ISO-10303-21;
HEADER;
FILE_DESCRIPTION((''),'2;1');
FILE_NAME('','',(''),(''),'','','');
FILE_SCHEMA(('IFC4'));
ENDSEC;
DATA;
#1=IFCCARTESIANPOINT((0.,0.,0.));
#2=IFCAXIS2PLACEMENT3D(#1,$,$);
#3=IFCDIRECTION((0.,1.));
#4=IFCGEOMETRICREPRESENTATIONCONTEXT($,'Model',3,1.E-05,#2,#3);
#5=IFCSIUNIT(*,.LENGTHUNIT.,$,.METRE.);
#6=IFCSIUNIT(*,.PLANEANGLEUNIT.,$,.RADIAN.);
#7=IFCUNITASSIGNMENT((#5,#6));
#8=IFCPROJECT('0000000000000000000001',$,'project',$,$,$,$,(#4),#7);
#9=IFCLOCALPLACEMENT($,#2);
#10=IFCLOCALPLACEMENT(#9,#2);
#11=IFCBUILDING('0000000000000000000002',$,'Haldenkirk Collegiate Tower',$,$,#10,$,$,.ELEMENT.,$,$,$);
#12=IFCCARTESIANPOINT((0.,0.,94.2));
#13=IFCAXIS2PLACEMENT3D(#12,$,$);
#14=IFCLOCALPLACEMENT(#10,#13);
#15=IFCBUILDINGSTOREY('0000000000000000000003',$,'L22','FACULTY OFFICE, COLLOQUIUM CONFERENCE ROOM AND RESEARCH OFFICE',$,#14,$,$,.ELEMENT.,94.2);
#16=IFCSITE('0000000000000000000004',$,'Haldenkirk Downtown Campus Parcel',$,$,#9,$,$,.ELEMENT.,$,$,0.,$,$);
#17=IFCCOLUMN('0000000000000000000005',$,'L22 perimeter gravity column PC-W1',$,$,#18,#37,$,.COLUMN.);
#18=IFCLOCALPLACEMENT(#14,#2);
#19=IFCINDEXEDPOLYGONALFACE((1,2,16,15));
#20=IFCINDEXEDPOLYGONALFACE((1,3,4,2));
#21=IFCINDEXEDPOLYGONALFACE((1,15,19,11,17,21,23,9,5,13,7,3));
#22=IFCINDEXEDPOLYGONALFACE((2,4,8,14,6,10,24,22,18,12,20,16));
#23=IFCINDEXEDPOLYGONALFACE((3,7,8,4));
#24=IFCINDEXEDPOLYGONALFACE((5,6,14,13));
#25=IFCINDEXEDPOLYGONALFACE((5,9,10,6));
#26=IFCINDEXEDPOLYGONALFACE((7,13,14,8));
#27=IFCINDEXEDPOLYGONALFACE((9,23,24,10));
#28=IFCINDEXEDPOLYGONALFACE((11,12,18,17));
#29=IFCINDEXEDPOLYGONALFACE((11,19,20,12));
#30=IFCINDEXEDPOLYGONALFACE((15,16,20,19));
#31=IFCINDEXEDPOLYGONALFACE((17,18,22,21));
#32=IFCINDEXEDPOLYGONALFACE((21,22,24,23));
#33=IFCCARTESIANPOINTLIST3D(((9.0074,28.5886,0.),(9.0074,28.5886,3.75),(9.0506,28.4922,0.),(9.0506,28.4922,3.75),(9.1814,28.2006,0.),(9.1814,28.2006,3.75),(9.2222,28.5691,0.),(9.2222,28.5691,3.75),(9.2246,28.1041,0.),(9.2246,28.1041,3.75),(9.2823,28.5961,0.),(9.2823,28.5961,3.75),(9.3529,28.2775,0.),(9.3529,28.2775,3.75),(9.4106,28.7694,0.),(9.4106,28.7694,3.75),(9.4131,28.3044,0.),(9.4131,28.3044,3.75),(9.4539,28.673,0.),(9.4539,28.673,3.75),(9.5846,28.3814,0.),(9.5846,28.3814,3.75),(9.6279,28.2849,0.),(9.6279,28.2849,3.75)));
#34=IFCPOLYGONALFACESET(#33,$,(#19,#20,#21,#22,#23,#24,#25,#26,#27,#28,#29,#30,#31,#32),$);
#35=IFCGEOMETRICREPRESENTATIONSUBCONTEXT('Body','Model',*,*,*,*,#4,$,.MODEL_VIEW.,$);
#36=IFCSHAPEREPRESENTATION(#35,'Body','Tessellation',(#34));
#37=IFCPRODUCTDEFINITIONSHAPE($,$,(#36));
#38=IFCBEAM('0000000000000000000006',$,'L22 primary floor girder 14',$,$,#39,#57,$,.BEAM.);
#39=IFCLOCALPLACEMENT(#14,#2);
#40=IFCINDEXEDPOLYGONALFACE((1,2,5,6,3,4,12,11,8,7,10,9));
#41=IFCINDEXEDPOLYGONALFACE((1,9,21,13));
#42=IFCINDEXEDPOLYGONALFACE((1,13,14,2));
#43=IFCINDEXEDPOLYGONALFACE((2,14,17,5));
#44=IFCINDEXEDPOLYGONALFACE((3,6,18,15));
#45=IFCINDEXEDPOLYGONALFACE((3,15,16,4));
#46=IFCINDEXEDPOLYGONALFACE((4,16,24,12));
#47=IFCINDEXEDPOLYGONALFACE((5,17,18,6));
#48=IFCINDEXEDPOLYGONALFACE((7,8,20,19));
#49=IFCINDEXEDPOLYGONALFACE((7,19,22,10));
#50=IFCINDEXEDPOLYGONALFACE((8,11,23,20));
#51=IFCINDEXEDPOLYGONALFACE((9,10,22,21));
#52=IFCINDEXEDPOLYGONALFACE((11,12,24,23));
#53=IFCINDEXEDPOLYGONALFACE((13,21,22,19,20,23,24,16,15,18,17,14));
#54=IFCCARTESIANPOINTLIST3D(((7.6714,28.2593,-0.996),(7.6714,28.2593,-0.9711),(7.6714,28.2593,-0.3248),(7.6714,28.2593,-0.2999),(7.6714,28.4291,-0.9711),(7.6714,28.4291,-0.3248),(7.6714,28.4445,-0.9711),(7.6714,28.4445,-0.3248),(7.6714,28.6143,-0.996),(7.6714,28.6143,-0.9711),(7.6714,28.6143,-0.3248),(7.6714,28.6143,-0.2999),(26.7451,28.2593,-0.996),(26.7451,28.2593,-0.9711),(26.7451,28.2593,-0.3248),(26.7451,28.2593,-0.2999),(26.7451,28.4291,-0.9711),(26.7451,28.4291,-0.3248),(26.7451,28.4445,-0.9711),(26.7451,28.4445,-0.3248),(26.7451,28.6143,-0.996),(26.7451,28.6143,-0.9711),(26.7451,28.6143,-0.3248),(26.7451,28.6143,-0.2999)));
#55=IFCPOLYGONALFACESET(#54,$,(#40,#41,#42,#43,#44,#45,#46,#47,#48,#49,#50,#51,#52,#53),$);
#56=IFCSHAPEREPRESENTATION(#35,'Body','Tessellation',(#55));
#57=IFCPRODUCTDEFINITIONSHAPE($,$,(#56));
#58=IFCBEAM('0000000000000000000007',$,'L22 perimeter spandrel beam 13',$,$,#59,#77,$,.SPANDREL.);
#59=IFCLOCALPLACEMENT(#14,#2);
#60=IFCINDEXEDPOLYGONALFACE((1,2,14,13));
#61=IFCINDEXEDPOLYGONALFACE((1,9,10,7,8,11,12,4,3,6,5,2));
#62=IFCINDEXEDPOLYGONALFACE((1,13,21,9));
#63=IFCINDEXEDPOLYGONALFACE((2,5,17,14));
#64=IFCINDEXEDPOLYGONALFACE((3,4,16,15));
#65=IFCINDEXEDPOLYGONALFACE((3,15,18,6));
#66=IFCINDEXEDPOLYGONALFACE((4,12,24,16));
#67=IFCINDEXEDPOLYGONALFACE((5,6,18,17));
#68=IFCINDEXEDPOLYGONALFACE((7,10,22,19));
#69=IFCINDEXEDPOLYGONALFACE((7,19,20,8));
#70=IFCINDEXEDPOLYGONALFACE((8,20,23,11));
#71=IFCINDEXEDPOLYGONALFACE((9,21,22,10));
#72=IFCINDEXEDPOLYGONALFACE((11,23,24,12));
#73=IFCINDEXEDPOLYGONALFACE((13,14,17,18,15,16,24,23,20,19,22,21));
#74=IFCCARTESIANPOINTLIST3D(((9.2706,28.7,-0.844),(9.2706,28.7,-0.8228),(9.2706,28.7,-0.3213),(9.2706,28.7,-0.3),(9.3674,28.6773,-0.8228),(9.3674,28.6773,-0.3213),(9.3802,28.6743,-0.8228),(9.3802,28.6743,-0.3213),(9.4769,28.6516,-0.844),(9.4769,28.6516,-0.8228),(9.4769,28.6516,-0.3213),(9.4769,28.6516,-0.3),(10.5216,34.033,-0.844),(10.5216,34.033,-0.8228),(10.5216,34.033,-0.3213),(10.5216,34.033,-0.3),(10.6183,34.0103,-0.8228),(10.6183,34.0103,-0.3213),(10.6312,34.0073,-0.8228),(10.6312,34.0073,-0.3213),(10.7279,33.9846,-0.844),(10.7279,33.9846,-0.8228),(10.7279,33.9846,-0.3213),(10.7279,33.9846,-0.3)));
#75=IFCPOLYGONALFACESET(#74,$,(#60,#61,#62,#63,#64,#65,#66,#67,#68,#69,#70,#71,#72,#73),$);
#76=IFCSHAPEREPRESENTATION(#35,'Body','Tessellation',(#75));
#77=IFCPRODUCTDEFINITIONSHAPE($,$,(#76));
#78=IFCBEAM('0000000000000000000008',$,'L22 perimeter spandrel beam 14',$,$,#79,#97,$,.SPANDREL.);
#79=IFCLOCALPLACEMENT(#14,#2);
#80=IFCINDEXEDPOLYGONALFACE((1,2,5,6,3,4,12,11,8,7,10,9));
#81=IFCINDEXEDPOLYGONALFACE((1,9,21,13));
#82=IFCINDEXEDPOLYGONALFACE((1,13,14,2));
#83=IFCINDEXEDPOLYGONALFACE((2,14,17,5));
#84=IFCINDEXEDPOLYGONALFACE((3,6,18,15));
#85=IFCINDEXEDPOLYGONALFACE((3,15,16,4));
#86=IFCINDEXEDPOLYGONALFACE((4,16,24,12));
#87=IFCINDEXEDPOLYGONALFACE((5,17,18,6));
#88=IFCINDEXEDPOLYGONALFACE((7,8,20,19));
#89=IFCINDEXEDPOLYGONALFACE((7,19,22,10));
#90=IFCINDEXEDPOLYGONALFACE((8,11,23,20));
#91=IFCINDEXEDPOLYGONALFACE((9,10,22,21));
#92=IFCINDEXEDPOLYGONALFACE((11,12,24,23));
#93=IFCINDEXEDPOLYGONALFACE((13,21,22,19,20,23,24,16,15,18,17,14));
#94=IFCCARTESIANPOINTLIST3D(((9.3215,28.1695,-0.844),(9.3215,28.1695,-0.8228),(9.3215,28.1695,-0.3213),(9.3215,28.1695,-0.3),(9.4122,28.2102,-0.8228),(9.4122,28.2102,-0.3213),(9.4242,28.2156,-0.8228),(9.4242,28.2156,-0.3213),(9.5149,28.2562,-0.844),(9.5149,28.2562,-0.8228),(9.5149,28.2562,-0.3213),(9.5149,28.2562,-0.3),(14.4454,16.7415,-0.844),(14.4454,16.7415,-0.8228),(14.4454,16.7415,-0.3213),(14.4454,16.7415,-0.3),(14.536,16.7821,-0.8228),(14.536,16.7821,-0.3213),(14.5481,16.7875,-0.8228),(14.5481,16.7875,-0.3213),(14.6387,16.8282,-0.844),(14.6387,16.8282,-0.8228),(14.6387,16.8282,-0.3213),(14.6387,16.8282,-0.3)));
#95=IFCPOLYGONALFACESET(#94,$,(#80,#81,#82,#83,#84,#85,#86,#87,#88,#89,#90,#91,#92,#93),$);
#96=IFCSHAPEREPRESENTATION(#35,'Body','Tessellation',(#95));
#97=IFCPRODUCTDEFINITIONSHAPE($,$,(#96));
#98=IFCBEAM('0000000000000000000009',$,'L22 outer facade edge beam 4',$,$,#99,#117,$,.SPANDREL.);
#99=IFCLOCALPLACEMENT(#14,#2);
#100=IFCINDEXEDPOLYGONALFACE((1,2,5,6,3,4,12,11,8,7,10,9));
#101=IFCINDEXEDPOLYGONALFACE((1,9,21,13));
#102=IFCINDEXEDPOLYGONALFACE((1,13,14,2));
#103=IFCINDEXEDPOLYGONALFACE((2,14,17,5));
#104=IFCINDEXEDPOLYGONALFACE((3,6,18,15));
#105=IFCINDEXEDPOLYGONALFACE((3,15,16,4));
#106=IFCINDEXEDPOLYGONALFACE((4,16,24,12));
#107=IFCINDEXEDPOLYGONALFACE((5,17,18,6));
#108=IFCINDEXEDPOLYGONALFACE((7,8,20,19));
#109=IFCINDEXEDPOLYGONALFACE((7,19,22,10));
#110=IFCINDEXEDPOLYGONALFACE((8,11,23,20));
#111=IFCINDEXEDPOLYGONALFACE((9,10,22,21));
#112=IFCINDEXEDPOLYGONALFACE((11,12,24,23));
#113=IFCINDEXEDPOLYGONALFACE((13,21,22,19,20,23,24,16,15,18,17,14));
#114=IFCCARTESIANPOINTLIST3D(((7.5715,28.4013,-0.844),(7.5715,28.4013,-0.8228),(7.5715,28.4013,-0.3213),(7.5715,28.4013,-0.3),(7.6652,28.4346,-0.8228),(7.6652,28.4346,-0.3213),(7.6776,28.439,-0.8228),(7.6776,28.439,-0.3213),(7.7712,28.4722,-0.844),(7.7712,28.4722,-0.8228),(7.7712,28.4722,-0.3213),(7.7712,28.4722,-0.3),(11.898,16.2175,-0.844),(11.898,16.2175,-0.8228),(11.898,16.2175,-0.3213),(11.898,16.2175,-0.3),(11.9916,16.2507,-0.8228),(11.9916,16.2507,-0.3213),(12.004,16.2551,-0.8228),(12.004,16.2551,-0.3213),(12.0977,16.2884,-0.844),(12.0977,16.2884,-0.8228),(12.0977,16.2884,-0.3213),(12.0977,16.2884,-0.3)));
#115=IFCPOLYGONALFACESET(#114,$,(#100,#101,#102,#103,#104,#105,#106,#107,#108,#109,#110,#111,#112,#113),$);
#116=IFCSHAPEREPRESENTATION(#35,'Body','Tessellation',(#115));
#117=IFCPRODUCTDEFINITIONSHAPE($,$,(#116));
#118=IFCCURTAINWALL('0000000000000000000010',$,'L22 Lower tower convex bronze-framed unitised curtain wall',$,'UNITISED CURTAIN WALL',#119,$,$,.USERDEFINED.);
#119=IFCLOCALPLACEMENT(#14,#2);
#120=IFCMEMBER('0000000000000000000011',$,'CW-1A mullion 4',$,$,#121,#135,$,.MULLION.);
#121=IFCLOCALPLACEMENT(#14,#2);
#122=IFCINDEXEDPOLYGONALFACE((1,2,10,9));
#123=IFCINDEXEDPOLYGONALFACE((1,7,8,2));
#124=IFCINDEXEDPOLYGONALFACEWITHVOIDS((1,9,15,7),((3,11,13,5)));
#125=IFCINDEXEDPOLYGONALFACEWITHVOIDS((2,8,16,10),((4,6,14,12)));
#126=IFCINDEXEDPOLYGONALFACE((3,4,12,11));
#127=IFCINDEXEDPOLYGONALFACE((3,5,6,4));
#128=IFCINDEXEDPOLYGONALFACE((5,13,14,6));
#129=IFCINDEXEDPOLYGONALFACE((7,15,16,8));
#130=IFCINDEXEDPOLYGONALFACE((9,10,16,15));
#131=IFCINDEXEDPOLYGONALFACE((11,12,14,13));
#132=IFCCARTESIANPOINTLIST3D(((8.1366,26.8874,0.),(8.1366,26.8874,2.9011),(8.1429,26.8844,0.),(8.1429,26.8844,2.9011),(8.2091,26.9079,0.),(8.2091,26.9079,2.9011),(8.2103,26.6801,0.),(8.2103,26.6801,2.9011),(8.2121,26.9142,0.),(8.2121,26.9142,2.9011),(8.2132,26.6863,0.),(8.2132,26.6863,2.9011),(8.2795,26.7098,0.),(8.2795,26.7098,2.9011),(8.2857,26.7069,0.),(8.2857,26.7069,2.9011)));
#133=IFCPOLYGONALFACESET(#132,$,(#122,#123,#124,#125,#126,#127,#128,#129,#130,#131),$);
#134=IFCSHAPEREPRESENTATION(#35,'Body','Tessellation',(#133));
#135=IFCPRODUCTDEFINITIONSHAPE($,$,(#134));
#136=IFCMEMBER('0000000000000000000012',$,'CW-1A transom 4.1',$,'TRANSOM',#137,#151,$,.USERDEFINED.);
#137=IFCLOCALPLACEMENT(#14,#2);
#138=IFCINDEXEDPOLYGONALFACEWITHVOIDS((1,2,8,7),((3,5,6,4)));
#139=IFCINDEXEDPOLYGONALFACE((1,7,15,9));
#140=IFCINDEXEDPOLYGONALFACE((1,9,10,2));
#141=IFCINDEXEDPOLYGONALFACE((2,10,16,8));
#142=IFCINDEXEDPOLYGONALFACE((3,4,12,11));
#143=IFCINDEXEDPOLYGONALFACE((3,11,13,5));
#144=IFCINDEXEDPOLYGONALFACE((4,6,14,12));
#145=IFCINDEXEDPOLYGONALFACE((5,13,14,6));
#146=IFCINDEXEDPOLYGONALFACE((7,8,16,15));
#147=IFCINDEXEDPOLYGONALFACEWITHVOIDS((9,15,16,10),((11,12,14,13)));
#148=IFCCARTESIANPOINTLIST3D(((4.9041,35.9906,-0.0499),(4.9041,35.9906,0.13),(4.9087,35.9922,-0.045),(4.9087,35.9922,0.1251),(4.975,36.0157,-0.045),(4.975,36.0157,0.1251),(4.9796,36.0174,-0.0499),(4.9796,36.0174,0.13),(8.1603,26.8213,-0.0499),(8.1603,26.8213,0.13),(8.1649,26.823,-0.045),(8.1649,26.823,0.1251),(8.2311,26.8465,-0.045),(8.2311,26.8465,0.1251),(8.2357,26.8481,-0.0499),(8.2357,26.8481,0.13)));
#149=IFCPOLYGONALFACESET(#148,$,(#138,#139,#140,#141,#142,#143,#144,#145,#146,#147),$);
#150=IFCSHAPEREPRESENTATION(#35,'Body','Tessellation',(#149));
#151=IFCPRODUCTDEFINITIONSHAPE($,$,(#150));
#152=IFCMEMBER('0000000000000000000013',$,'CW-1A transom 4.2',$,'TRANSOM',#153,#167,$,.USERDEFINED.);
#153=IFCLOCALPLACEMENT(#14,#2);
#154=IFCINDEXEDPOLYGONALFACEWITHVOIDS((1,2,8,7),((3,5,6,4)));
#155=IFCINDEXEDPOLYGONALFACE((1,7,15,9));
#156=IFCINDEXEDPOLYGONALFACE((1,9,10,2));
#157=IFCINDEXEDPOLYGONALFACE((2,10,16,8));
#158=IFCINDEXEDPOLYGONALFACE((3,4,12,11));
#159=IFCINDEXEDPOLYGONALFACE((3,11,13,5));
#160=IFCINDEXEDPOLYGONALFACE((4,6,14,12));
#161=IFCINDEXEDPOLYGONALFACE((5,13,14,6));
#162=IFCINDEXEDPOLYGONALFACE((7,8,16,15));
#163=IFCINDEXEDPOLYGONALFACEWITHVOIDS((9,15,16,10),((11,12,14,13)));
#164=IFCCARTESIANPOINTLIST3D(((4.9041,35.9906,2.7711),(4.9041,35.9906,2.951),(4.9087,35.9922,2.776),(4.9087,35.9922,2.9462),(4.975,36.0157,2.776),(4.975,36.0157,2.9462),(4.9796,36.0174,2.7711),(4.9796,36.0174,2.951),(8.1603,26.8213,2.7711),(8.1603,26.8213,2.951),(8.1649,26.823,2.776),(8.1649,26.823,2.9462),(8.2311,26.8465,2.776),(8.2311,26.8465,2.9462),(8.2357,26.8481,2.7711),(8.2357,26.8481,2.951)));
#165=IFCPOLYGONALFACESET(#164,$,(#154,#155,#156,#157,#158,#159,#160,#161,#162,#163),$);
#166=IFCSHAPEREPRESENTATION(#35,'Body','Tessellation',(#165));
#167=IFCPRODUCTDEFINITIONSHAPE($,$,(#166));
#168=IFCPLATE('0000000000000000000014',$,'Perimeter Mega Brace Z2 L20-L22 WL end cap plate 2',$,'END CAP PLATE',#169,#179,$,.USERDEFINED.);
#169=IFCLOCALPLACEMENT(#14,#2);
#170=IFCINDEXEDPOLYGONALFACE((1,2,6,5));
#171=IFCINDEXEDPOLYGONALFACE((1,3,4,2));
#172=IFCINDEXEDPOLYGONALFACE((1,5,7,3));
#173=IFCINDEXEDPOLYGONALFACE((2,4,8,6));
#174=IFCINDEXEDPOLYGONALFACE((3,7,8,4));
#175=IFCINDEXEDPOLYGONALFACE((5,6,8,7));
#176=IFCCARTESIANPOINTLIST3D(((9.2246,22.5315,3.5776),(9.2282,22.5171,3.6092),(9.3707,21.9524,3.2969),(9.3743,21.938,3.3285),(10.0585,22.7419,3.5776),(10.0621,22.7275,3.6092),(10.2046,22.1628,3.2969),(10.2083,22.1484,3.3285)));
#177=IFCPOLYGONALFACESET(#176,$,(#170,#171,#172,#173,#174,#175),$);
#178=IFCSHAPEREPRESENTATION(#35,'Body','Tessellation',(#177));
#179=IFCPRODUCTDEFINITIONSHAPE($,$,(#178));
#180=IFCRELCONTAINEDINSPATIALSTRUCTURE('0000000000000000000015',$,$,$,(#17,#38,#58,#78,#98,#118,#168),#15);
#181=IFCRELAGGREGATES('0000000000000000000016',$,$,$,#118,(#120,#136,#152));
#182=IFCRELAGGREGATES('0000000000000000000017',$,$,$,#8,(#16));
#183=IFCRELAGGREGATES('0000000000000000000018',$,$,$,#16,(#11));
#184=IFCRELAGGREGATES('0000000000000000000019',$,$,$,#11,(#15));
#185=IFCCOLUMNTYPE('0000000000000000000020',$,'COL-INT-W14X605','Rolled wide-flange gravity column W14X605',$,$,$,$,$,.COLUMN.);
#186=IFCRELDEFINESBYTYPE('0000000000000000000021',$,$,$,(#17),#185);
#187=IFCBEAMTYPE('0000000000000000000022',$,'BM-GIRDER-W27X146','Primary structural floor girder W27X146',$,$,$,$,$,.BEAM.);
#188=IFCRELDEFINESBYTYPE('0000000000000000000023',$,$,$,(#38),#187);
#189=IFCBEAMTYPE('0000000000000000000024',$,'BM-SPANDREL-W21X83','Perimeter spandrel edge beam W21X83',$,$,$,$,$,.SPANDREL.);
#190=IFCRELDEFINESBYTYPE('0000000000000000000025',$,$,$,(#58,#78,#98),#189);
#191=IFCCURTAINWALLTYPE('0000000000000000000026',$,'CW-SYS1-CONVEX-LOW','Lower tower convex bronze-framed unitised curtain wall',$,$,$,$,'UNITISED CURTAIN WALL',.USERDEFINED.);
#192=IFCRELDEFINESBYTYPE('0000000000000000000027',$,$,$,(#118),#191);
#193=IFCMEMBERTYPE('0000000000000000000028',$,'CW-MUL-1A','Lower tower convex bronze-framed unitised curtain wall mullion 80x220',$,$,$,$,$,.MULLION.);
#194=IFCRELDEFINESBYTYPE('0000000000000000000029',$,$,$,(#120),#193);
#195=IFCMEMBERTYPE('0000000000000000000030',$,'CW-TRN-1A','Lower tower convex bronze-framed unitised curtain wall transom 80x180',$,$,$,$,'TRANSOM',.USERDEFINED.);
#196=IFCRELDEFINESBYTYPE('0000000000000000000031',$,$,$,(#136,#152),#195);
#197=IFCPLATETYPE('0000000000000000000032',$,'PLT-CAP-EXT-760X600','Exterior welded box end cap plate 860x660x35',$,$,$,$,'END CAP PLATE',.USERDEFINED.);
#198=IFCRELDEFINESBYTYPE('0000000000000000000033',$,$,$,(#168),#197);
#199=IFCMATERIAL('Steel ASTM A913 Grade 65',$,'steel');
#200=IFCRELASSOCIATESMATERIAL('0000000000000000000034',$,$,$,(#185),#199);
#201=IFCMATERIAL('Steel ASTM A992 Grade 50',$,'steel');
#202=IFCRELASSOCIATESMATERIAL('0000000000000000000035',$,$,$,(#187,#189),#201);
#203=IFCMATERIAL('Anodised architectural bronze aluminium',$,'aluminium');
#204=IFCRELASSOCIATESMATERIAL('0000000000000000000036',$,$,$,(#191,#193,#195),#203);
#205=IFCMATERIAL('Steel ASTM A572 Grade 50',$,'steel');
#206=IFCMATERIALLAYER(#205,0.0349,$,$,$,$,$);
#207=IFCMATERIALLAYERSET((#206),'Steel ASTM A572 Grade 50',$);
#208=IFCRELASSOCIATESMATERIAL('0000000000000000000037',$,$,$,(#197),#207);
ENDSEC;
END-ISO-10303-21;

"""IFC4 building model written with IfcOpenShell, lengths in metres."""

from ifc_helpers import new_model, si_unit, direction, frame, origin, origin_2d, place, context, subcontext, project, spatial, rectangle, hollow_rectangle, i_section, extrude, source, transform, mapped, material, layer, layer_set, material_profile, profile_set, type_object, element, aggregate, save


model = new_model("IFC4")

# Units and contexts
model_context = context("Model", 3, precision=1e-05, world=origin(), true_north=direction((0.0, 1.0)))
body_context = subcontext(model_context, "Body", "Model", "MODEL_VIEW")
ifc_project = project(units=[si_unit("LENGTHUNIT", "METRE"), si_unit("PLANEANGLEUNIT", "RADIAN")], contexts=[model_context])

# Site, building, storey
site_placement = place(None, origin())
site = spatial("IfcSite", under=ifc_project, at=site_placement, Name="Haldenkirk Downtown Campus Parcel", CompositionType="ELEMENT", RefElevation=0.0)
building_placement = place(site_placement, origin())
building = spatial("IfcBuilding", under=site, at=building_placement, Name="Haldenkirk Collegiate Tower", CompositionType="ELEMENT")
storey_placement = place(building_placement, frame((0.0, 0.0, 94.2)))
storey = spatial("IfcBuildingStorey", under=building, at=storey_placement, Name="L22", Description="FACULTY OFFICE, COLLOQUIUM CONFERENCE ROOM AND RESEARCH OFFICE", CompositionType="ELEMENT", Elevation=94.2)

# Column
ifc_material_1 = material(Name="Steel ASTM A913 Grade 65", Category="steel")
ifc_material_profile_1 = material_profile(ifc_material_1, i_section(OverallWidth=0.4419, OverallDepth=0.531, WebThickness=0.0659, FlangeThickness=0.1057, at=origin_2d()), Name="W14X605")
ifc_profile_set_1 = profile_set([ifc_material_profile_1], Name="Steel ASTM A913 Grade 65")
column_type = type_object("IfcColumnType", Name="COL-INT-W14X605", Description="Rolled wide-flange gravity column W14X605", PredefinedType="COLUMN", material=ifc_profile_set_1)
column_placement = place(storey_placement, frame((9.3176, 28.4368, 0.0), z_axis=(0.0, 0.0, 1.0), x_axis=(0.912477, 0.409127, 0.0)))
element("IfcColumn", 1, at=column_placement, inside=storey, type_object=column_type, Name="L22 perimeter gravity column PC-W1", PredefinedType="COLUMN", context=body_context, shape_type="SweptSolid", body=[
    extrude(i_section(OverallWidth=0.4419, OverallDepth=0.531, WebThickness=0.0659, FlangeThickness=0.1057, at=origin_2d()), origin(), (0.0, 0.0, 1.0), 3.75),
])

# Beams
ifc_material_2 = material(Name="Steel ASTM A992 Grade 50", Category="steel")
ifc_material_profile_2 = material_profile(ifc_material_2, i_section(OverallWidth=0.355, OverallDepth=0.696, WebThickness=0.0154, FlangeThickness=0.0249, at=origin_2d()), Name="W27X146")
ifc_profile_set_2 = profile_set([ifc_material_profile_2], Name="Steel ASTM A992 Grade 50")
beam_type_1 = type_object("IfcBeamType", Name="BM-GIRDER-W27X146", Description="Primary structural floor girder W27X146", PredefinedType="BEAM", material=ifc_profile_set_2)
beam_1_placement = place(storey_placement, frame((7.6714, 28.4368, -0.6479), z_axis=(1.0, 0.0, 0.0), x_axis=(0.0, 1.0, 0.0)))
element("IfcBeam", 2, at=beam_1_placement, inside=storey, type_object=beam_type_1, Name="L22 primary floor girder 14", PredefinedType="BEAM", context=body_context, shape_type="SweptSolid", body=[
    extrude(i_section(OverallWidth=0.355, OverallDepth=0.696, WebThickness=0.0154, FlangeThickness=0.0249, at=origin_2d()), origin(), (0.0, 0.0, 1.0), 19.0737),
])
ifc_material_profile_3 = material_profile(ifc_material_2, i_section(OverallWidth=0.2119, OverallDepth=0.5439, WebThickness=0.0132, FlangeThickness=0.0212, at=origin_2d()), Name="W21X83")
ifc_profile_set_3 = profile_set([ifc_material_profile_3], Name="Steel ASTM A992 Grade 50")
beam_type_2 = type_object("IfcBeamType", Name="BM-SPANDREL-W21X83", Description="Perimeter spandrel edge beam W21X83", PredefinedType="SPANDREL", material=ifc_profile_set_3)
beam_2_placement = place(storey_placement, frame((10.6248, 34.0088, -0.572), z_axis=(-0.228374, -0.973574, 0.0), x_axis=(0.973574, -0.228374, 0.0)))
element("IfcBeam", 3, at=beam_2_placement, inside=storey, type_object=beam_type_2, Name="L22 perimeter spandrel beam 13", PredefinedType="SPANDREL", context=body_context, shape_type="SweptSolid", body=[
    extrude(i_section(OverallWidth=0.2119, OverallDepth=0.5439, WebThickness=0.0132, FlangeThickness=0.0212, at=origin_2d()), origin(), (0.0, 0.0, 1.0), 5.4778),
])
beam_3_placement = place(storey_placement, frame((9.4182, 28.2129, -0.572), z_axis=(0.409115, -0.912483, 0.0), x_axis=(0.912483, 0.409115, 0.0)))
element("IfcBeam", 4, at=beam_3_placement, inside=storey, type_object=beam_type_2, Name="L22 perimeter spandrel beam 14", PredefinedType="SPANDREL", context=body_context, shape_type="SweptSolid", body=[
    extrude(i_section(OverallWidth=0.2119, OverallDepth=0.5439, WebThickness=0.0132, FlangeThickness=0.0212, at=origin_2d()), origin(), (0.0, 0.0, 1.0), 12.5242),
])
beam_4_placement = place(storey_placement, frame((7.6714, 28.4368, -0.572), z_axis=(0.334624, -0.942352, 0.0), x_axis=(0.942352, 0.334624, 0.0)))
element("IfcBeam", 5, at=beam_4_placement, inside=storey, type_object=beam_type_2, Name="L22 outer facade edge beam 4", PredefinedType="SPANDREL", context=body_context, shape_type="SweptSolid", body=[
    extrude(i_section(OverallWidth=0.2119, OverallDepth=0.5439, WebThickness=0.0132, FlangeThickness=0.0212, at=origin_2d()), origin(), (0.0, 0.0, 1.0), 12.9292),
])

# Curtain wall, members
ifc_material_3 = material(Name="Anodised architectural bronze aluminium", Category="aluminium")
curtain_wall_type = type_object("IfcCurtainWallType", Name="CW-SYS1-CONVEX-LOW", Description="Lower tower convex bronze-framed unitised curtain wall", ElementType="UNITISED CURTAIN WALL", PredefinedType="USERDEFINED", material=ifc_material_3)
curtain_wall_placement = place(storey_placement, origin())
curtain_wall = element("IfcCurtainWall", 6, at=curtain_wall_placement, inside=storey, type_object=curtain_wall_type, Name="L22 Lower tower convex bronze-framed unitised curtain wall", ObjectType="UNITISED CURTAIN WALL", PredefinedType="USERDEFINED")
ifc_material_profile_4 = material_profile(ifc_material_3, hollow_rectangle(XDim=0.0801, YDim=0.22, WallThickness=0.0049, at=origin_2d()), Name="CW-MUL-1A")
ifc_profile_set_4 = profile_set([ifc_material_profile_4], Name="Anodised architectural bronze aluminium")
member_type_1 = type_object("IfcMemberType", Name="CW-MUL-1A", Description="Lower tower convex bronze-framed unitised curtain wall mullion 80x220", PredefinedType="MULLION", material=ifc_profile_set_4)
member_1_placement = place(storey_placement, frame((8.2112, 26.7971, 0.0), z_axis=(0.0, 0.0, 1.0), x_axis=(-0.942351, -0.334626, 0.0)))
member_1 = element("IfcMember", 7, at=member_1_placement, type_object=member_type_1, Name="CW-1A mullion 4", PredefinedType="MULLION", context=body_context, shape_type="SweptSolid", body=[
    extrude(hollow_rectangle(XDim=0.0801, YDim=0.22, WallThickness=0.0049, at=origin_2d()), origin(), (0.0, 0.0, 1.0), 2.9011),
])
ifc_material_profile_5 = material_profile(ifc_material_3, hollow_rectangle(XDim=0.0801, YDim=0.1799, WallThickness=0.0049, at=origin_2d()), Name="CW-TRN-1A")
ifc_profile_set_5 = profile_set([ifc_material_profile_5], Name="Anodised architectural bronze aluminium")
member_type_2 = type_object("IfcMemberType", Name="CW-TRN-1A", Description="Lower tower convex bronze-framed unitised curtain wall transom 80x180", ElementType="TRANSOM", PredefinedType="USERDEFINED", material=ifc_profile_set_5)
member_2_placement = place(storey_placement, frame((8.198, 26.8347, 0.04), z_axis=(-0.33464, 0.942346, 0.0), x_axis=(-0.942346, -0.33464, 0.0)))
member_2 = element("IfcMember", 8, at=member_2_placement, type_object=member_type_2, Name="CW-1A transom 4.1", ObjectType="TRANSOM", PredefinedType="USERDEFINED", context=body_context, shape_type="SweptSolid", body=[
    extrude(hollow_rectangle(XDim=0.0801, YDim=0.1799, WallThickness=0.0049, at=origin_2d()), origin(), (0.0, 0.0, 1.0), 9.7302),
])
member_3_placement = place(storey_placement, frame((8.198, 26.8347, 2.8611), z_axis=(-0.33464, 0.942346, 0.0), x_axis=(-0.942346, -0.33464, 0.0)))
member_3 = element("IfcMember", 9, at=member_3_placement, type_object=member_type_2, Name="CW-1A transom 4.2", ObjectType="TRANSOM", PredefinedType="USERDEFINED", context=body_context, shape_type="SweptSolid", body=[
    extrude(hollow_rectangle(XDim=0.0801, YDim=0.1799, WallThickness=0.0049, at=origin_2d()), origin(), (0.0, 0.0, 1.0), 9.7302),
])

# Plate
ifc_material_4 = material(Name="Steel ASTM A572 Grade 50", Category="steel")
ifc_layer_1 = layer(ifc_material_4, 0.0349)
ifc_layer_set_1 = layer_set([ifc_layer_1], Name="Steel ASTM A572 Grade 50")
plate_type_1 = type_object("IfcPlateType", Name="PLT-CAP-EXT-760X600", Description="Exterior welded box end cap plate 860x660x35", ElementType="END CAP PLATE", PredefinedType="USERDEFINED", material=ifc_layer_set_1)
shared_shape_1 = source(origin(), body_context, "Body", "SweptSolid", [
    extrude(rectangle(XDim=0.8601, YDim=0.6599, at=origin_2d()), origin(), (0.0, 0.0, 1.0), 0.0349),
])
plate_1_placement = place(storey_placement, frame((9.7146, 22.3472, 3.4373), z_axis=(0.104062, -0.412377, 0.90505), x_axis=(0.969605, 0.244677, 0.0)))
element("IfcPlate", 10, at=plate_1_placement, inside=storey, type_object=plate_type_1, Name="Perimeter Mega Brace Z2 L20-L22 WL end cap plate 2", ObjectType="END CAP PLATE", PredefinedType="USERDEFINED", context=body_context, shape_type="MappedRepresentation", body=[
    mapped(shared_shape_1, transform((0.0, 0.0, 0.0), x_axis=(1.0, 0.0, 0.0), y_axis=(0.0, 1.0, 0.0), z_axis=(0.0, 0.0, 1.0), scale=1.0)),
])
aggregate(curtain_wall, [member_1, member_2, member_3])

save(model, "model.ifc")
